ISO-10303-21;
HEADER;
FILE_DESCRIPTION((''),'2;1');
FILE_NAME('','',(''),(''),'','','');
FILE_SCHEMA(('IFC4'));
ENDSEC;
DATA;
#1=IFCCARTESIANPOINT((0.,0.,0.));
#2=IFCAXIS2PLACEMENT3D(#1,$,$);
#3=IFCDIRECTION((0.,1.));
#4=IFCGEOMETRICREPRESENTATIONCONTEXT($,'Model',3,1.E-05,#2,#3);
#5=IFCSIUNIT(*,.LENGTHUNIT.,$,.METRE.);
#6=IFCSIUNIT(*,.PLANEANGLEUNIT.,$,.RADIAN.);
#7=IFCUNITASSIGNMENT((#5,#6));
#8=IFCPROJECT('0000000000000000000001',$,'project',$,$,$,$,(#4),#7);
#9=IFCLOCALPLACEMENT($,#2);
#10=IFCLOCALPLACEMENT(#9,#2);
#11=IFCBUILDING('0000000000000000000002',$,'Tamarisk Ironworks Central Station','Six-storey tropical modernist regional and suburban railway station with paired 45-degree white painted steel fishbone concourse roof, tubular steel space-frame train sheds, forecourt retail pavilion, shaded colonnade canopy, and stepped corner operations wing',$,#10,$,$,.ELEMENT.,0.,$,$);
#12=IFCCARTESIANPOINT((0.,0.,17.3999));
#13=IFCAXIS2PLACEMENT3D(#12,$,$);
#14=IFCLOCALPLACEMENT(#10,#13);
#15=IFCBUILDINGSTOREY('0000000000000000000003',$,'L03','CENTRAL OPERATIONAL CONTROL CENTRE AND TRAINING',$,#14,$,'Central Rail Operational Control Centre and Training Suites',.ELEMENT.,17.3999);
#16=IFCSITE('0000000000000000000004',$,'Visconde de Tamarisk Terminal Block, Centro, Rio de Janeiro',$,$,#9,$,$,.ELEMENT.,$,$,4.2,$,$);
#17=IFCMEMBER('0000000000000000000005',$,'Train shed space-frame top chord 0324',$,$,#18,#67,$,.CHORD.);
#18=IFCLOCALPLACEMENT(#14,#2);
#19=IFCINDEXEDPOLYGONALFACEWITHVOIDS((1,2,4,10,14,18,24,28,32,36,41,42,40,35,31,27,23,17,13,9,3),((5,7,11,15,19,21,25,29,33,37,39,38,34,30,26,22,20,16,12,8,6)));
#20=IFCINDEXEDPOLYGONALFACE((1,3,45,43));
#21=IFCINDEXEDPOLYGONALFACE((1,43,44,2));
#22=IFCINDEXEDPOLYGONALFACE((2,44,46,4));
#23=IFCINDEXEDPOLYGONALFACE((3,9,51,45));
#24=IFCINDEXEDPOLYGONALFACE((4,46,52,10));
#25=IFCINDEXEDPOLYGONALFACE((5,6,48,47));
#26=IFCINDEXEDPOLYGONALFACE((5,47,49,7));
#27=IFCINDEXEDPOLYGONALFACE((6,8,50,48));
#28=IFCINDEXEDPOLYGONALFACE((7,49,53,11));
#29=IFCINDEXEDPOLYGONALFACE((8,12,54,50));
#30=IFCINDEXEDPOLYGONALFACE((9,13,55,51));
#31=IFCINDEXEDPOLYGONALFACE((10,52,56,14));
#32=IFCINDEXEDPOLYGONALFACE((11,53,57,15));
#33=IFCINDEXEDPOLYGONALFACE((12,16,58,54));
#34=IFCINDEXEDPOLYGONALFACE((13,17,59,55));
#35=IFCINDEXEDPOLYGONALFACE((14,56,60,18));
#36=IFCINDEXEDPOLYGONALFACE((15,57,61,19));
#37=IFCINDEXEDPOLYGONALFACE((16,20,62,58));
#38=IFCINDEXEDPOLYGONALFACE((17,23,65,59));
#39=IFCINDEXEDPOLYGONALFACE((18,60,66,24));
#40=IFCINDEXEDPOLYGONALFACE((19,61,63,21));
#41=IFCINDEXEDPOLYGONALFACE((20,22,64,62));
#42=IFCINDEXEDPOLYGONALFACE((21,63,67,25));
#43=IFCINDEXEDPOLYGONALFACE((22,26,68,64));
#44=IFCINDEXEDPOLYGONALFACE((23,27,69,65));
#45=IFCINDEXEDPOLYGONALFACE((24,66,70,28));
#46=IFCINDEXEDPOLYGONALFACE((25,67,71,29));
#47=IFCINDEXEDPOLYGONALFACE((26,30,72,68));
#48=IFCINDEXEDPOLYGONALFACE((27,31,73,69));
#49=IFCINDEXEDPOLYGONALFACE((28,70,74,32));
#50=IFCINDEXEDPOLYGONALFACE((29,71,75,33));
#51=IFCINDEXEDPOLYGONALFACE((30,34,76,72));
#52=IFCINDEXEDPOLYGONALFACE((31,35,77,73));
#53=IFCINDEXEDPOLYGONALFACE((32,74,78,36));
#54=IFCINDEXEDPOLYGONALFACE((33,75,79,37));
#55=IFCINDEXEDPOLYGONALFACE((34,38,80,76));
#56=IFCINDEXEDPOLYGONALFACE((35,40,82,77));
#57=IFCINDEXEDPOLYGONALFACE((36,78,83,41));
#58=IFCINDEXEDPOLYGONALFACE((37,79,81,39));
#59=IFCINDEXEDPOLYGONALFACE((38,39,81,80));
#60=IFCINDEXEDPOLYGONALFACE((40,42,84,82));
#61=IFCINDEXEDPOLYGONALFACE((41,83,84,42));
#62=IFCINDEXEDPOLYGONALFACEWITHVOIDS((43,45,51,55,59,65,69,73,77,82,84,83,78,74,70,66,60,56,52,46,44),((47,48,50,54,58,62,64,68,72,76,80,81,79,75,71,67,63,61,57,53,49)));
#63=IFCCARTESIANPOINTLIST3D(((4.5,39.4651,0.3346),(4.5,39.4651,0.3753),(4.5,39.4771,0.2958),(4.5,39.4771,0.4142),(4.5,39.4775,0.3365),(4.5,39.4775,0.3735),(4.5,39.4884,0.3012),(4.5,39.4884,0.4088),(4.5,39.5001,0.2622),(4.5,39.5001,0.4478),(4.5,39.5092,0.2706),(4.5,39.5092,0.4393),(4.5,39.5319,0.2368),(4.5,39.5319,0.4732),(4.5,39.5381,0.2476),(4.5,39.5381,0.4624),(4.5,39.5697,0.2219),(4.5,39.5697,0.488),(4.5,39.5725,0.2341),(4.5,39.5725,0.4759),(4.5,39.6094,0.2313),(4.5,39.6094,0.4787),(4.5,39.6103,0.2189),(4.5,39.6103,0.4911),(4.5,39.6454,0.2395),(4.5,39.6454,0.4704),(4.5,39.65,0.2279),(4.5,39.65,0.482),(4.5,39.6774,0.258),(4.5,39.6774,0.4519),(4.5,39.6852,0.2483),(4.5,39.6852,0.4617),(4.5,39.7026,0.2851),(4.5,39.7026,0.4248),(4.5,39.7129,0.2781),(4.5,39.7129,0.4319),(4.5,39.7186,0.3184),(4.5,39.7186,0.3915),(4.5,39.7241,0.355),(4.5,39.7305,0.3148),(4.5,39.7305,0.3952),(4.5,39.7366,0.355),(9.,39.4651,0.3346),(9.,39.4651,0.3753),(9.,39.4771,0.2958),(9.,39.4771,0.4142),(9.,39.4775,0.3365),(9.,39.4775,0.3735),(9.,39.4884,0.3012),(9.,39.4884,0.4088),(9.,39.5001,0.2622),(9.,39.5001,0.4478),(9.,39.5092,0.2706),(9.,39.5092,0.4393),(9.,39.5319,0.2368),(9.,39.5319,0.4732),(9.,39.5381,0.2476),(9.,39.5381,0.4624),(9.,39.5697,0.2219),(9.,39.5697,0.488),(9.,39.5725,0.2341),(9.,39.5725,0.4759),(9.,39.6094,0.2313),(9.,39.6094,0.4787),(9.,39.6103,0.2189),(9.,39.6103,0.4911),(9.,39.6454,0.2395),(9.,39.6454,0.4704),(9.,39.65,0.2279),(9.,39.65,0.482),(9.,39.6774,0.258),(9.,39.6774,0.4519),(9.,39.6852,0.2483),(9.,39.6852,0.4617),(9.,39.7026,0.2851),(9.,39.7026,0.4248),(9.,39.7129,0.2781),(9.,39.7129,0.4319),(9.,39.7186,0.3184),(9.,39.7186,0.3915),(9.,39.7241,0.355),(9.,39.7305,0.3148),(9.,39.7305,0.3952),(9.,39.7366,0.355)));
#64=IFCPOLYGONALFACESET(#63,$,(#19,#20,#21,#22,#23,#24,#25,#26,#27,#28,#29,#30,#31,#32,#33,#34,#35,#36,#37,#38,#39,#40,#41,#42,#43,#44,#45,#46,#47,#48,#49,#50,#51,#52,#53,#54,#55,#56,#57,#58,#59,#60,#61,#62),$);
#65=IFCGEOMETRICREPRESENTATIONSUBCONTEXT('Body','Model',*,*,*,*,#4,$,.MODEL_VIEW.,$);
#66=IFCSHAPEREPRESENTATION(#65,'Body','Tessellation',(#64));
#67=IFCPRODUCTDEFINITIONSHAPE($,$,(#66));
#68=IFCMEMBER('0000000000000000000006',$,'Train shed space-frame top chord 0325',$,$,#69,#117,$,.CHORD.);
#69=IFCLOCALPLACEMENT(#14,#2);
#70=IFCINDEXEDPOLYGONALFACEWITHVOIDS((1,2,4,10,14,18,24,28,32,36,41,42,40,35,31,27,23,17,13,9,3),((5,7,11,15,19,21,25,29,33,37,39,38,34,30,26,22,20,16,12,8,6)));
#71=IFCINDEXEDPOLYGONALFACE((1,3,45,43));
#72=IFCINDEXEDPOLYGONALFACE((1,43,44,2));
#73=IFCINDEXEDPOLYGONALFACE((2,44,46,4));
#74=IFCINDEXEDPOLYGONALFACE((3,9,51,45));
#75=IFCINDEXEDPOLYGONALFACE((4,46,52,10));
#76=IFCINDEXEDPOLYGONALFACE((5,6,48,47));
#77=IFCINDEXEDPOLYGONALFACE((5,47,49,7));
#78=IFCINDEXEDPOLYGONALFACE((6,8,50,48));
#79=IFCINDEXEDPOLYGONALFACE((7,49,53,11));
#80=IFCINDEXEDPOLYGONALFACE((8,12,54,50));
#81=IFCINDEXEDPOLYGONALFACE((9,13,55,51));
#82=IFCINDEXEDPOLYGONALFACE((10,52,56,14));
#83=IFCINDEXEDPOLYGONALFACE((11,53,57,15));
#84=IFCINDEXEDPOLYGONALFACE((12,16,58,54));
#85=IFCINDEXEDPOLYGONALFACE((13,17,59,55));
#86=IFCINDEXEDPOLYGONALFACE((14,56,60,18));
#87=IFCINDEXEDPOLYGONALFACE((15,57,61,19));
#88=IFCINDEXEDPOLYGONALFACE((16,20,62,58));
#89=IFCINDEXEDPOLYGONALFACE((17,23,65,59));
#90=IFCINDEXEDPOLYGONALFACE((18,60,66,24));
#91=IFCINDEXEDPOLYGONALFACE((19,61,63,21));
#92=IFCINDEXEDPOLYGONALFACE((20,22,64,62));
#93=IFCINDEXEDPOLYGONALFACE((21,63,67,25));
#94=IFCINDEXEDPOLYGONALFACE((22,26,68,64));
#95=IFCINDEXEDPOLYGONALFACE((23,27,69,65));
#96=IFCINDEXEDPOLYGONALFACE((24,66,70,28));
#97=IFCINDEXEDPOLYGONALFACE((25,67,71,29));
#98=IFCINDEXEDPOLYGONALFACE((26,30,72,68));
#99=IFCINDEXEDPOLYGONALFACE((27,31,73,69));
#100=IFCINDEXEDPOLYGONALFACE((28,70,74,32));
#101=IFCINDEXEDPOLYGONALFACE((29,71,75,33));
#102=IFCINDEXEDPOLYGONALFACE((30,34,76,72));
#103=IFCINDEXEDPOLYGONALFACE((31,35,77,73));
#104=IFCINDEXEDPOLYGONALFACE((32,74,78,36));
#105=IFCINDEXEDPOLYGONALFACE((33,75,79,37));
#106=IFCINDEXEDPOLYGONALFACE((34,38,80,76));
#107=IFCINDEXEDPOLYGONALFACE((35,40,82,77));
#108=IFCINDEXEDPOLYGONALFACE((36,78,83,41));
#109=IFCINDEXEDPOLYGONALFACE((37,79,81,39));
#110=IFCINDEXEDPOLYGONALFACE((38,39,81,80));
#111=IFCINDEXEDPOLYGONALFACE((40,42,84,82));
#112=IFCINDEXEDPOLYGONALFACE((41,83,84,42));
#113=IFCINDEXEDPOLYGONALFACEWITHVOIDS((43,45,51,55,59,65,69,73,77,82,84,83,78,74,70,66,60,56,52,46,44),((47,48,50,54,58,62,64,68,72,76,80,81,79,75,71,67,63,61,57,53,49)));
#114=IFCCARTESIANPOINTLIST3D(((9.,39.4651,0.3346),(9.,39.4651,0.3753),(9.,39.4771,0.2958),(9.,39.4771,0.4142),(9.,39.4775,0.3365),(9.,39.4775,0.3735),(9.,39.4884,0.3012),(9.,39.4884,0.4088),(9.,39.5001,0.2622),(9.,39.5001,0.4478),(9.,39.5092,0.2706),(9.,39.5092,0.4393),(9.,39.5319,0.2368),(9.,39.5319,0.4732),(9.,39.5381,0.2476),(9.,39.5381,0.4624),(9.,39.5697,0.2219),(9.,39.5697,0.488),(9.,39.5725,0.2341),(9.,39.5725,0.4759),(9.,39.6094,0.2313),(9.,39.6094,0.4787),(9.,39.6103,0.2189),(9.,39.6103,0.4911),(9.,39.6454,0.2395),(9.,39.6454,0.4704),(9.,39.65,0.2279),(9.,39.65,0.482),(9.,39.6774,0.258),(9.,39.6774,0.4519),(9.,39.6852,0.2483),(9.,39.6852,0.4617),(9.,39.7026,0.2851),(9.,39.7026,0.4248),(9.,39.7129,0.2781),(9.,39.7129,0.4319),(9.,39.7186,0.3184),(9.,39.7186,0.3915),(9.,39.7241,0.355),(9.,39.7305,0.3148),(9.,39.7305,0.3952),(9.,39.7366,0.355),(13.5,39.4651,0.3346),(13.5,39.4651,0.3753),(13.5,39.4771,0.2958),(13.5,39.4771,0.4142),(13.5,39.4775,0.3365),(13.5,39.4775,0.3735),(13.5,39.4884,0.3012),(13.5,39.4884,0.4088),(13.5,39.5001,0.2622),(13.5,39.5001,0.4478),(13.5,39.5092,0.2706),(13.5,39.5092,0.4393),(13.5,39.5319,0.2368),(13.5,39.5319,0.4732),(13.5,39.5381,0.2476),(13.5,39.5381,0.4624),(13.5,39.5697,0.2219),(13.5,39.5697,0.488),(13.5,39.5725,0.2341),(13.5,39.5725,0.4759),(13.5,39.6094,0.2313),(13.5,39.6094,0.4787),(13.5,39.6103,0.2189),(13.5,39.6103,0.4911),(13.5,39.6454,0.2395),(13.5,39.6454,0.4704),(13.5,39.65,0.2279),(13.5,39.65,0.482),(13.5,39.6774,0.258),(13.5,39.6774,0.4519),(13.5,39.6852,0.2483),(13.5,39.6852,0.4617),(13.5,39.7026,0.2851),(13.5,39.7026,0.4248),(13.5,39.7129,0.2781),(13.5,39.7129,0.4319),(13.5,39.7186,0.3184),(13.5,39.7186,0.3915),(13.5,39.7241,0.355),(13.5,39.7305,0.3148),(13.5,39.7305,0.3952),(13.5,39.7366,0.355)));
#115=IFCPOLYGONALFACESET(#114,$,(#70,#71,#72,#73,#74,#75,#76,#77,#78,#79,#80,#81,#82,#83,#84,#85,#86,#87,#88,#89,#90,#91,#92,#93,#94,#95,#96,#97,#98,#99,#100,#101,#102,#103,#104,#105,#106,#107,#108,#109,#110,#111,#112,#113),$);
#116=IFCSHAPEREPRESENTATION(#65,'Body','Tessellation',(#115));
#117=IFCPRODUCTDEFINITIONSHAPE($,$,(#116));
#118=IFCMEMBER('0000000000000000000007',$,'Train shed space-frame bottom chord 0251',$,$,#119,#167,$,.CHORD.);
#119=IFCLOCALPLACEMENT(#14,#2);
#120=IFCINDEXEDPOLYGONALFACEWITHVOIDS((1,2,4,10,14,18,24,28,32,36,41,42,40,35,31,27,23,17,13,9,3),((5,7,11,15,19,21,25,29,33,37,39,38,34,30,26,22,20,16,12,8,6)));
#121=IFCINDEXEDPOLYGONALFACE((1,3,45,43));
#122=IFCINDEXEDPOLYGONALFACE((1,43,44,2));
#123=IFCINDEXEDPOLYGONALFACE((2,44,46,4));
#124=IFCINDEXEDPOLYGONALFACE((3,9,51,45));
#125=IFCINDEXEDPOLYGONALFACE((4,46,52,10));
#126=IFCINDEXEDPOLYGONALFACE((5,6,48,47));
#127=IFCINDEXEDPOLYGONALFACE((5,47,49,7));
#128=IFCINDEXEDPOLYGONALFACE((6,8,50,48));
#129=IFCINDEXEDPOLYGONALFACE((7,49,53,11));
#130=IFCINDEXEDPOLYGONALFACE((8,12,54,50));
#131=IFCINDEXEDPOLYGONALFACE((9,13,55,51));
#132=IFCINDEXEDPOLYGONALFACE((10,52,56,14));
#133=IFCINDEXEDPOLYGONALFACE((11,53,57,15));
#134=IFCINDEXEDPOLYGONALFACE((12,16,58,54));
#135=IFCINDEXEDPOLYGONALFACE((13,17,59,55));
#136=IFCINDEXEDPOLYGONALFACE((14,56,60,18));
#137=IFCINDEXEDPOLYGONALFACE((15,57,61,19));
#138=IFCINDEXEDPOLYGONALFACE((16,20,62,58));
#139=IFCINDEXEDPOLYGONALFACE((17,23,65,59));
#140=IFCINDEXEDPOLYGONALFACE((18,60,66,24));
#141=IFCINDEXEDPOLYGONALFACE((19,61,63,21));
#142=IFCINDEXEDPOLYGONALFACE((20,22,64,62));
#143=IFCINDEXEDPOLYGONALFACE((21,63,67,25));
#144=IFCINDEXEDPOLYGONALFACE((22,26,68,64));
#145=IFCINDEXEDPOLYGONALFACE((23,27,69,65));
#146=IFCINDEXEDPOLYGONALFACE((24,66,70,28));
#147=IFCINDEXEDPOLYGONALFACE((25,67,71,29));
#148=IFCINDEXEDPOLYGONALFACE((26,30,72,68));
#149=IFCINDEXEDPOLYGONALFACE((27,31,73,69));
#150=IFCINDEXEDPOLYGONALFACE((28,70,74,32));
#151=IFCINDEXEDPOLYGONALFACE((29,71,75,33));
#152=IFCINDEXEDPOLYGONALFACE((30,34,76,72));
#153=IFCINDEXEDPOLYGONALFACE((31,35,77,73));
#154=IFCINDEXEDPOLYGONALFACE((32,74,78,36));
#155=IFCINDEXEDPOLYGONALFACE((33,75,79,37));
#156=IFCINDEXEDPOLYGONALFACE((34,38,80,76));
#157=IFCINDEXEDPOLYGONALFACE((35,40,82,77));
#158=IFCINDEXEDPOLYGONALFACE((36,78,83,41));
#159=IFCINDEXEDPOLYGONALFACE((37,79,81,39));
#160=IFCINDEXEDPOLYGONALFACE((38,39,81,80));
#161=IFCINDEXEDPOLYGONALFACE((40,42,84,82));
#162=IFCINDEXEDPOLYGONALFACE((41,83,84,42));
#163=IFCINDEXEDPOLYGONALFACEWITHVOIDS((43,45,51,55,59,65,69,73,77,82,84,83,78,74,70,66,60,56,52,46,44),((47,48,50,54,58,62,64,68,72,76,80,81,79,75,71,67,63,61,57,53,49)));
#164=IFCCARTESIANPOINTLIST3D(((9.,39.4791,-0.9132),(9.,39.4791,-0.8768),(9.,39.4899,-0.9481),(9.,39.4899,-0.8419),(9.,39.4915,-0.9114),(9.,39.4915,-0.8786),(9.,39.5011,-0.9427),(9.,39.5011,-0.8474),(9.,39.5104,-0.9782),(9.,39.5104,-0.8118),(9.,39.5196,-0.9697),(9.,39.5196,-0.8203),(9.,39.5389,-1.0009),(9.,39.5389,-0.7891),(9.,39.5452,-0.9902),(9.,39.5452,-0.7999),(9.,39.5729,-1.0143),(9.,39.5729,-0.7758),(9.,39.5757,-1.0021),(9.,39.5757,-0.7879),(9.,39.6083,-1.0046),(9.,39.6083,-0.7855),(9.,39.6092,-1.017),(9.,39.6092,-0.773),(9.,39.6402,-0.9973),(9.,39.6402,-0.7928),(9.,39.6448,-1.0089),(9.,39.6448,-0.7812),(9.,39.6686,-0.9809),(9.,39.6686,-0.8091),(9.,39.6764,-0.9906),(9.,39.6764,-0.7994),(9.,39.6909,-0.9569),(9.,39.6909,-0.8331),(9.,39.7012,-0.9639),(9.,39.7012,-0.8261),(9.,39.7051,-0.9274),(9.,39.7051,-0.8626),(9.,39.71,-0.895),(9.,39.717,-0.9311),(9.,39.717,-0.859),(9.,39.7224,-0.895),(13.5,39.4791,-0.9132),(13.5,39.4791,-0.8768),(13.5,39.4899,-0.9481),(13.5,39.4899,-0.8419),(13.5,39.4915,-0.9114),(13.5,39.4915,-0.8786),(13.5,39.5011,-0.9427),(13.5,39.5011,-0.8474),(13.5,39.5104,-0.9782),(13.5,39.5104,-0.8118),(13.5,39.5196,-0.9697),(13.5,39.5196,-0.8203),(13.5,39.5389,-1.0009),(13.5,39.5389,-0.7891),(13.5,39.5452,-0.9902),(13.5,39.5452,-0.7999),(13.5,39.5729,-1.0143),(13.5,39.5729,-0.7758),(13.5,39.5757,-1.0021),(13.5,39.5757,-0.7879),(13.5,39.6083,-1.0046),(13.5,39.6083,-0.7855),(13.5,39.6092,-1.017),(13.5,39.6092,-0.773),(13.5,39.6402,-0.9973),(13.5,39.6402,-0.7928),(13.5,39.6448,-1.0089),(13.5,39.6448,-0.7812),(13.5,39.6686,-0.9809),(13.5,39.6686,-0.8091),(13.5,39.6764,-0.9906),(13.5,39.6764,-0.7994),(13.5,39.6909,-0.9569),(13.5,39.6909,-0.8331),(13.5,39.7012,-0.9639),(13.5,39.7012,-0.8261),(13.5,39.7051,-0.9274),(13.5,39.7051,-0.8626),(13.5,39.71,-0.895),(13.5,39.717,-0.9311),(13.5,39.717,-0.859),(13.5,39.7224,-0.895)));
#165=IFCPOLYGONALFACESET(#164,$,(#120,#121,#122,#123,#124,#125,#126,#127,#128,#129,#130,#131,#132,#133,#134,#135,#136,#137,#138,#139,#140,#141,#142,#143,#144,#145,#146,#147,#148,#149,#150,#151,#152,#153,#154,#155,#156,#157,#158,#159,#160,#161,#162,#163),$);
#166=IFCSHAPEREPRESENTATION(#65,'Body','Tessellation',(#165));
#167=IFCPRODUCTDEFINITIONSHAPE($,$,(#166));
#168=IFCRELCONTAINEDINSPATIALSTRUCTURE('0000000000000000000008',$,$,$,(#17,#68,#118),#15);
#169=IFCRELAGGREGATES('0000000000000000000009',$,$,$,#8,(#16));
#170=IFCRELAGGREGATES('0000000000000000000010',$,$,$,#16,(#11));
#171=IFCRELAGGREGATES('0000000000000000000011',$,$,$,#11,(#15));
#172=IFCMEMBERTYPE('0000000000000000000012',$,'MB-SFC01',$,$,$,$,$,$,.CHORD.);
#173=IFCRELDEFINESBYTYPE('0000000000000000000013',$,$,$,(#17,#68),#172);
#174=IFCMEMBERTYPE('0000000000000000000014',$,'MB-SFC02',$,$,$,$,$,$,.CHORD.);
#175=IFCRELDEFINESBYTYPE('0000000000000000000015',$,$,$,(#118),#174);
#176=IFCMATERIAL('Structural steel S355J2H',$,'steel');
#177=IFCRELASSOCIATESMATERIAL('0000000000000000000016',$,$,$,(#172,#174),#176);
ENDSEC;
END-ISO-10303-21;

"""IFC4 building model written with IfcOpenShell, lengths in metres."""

from ifc_helpers import new_model, si_unit, direction, frame, origin, origin_2d, place, context, subcontext, project, spatial, hollow_circle, extrude, material, material_profile, profile_set, type_object, element, save


model = new_model("IFC4")

# Units and contexts
model_context = context("Model", 3, precision=1e-05, world=origin(), true_north=direction((0.0, 1.0)))
body_context = subcontext(model_context, "Body", "Model", "MODEL_VIEW")
ifc_project = project(units=[si_unit("LENGTHUNIT", "METRE"), si_unit("PLANEANGLEUNIT", "RADIAN")], contexts=[model_context])

# Site, building, storey
site_placement = place(None, origin())
site = spatial("IfcSite", under=ifc_project, at=site_placement, Name="Visconde de Tamarisk Terminal Block, Centro, Rio de Janeiro", CompositionType="ELEMENT", RefElevation=4.2)
building_placement = place(site_placement, origin())
building = spatial("IfcBuilding", under=site, at=building_placement, Name="Tamarisk Ironworks Central Station", Description="Six-storey tropical modernist regional and suburban railway station with paired 45-degree white painted steel fishbone concourse roof, tubular steel space-frame train sheds, forecourt retail pavilion, shaded colonnade canopy, and stepped corner operations wing", CompositionType="ELEMENT", ElevationOfRefHeight=0.0)
storey_placement = place(building_placement, frame((0.0, 0.0, 17.3999)))
storey = spatial("IfcBuildingStorey", under=building, at=storey_placement, Name="L03", Description="CENTRAL OPERATIONAL CONTROL CENTRE AND TRAINING", LongName="Central Rail Operational Control Centre and Training Suites", CompositionType="ELEMENT", Elevation=17.3999)

# Members
ifc_material_1 = material(Name="Structural steel S355J2H", Category="steel")
ifc_material_profile_1 = material_profile(ifc_material_1, hollow_circle(Radius=0.1365, WallThickness=0.0125, at=origin_2d()), Name="CHS 273x12.5")
ifc_profile_set_1 = profile_set([ifc_material_profile_1], Name="Structural steel S355J2H")
member_type_1 = type_object("IfcMemberType", Name="MB-SFC01", PredefinedType="CHORD", material=ifc_profile_set_1)
for number, where, z_axis, x_axis, name in (
    (1, (4.5, 39.6001, 0.355), (1.0, 0.0, 0.0), (0.0, 1.0, 0.0), "Train shed space-frame top chord 0324"),
    (2, (9.0, 39.6001, 0.355), (1.0, 0.0, 0.0), (0.0, 1.0, 0.0), "Train shed space-frame top chord 0325"),
):
    element("IfcMember", number, at=place(storey_placement, frame(where, z_axis=z_axis, x_axis=x_axis)), inside=storey, type_object=member_type_1, Name=name, PredefinedType="CHORD", context=body_context, shape_type="SweptSolid", body=[
        extrude(hollow_circle(Radius=0.1365, WallThickness=0.0125, at=origin_2d()), origin(), (0.0, 0.0, 1.0), 4.5),
    ])
ifc_material_profile_2 = material_profile(ifc_material_1, hollow_circle(Radius=0.1223, WallThickness=0.0125, at=origin_2d()), Name="CHS 244.5x12.5")
ifc_profile_set_2 = profile_set([ifc_material_profile_2], Name="Structural steel S355J2H")
member_type_2 = type_object("IfcMemberType", Name="MB-SFC02", PredefinedType="CHORD", material=ifc_profile_set_2)
for number, where, z_axis, x_axis, name in (
    (3, (9.0, 39.6001, -0.895), (1.0, 0.0, 0.0), (0.0, 1.0, 0.0), "Train shed space-frame bottom chord 0251"),
):
    element("IfcMember", number, at=place(storey_placement, frame(where, z_axis=z_axis, x_axis=x_axis)), inside=storey, type_object=member_type_2, Name=name, PredefinedType="CHORD", context=body_context, shape_type="SweptSolid", body=[
        extrude(hollow_circle(Radius=0.1223, WallThickness=0.0125, at=origin_2d()), origin(), (0.0, 0.0, 1.0), 4.5),
    ])

save(model, "model.ifc")
